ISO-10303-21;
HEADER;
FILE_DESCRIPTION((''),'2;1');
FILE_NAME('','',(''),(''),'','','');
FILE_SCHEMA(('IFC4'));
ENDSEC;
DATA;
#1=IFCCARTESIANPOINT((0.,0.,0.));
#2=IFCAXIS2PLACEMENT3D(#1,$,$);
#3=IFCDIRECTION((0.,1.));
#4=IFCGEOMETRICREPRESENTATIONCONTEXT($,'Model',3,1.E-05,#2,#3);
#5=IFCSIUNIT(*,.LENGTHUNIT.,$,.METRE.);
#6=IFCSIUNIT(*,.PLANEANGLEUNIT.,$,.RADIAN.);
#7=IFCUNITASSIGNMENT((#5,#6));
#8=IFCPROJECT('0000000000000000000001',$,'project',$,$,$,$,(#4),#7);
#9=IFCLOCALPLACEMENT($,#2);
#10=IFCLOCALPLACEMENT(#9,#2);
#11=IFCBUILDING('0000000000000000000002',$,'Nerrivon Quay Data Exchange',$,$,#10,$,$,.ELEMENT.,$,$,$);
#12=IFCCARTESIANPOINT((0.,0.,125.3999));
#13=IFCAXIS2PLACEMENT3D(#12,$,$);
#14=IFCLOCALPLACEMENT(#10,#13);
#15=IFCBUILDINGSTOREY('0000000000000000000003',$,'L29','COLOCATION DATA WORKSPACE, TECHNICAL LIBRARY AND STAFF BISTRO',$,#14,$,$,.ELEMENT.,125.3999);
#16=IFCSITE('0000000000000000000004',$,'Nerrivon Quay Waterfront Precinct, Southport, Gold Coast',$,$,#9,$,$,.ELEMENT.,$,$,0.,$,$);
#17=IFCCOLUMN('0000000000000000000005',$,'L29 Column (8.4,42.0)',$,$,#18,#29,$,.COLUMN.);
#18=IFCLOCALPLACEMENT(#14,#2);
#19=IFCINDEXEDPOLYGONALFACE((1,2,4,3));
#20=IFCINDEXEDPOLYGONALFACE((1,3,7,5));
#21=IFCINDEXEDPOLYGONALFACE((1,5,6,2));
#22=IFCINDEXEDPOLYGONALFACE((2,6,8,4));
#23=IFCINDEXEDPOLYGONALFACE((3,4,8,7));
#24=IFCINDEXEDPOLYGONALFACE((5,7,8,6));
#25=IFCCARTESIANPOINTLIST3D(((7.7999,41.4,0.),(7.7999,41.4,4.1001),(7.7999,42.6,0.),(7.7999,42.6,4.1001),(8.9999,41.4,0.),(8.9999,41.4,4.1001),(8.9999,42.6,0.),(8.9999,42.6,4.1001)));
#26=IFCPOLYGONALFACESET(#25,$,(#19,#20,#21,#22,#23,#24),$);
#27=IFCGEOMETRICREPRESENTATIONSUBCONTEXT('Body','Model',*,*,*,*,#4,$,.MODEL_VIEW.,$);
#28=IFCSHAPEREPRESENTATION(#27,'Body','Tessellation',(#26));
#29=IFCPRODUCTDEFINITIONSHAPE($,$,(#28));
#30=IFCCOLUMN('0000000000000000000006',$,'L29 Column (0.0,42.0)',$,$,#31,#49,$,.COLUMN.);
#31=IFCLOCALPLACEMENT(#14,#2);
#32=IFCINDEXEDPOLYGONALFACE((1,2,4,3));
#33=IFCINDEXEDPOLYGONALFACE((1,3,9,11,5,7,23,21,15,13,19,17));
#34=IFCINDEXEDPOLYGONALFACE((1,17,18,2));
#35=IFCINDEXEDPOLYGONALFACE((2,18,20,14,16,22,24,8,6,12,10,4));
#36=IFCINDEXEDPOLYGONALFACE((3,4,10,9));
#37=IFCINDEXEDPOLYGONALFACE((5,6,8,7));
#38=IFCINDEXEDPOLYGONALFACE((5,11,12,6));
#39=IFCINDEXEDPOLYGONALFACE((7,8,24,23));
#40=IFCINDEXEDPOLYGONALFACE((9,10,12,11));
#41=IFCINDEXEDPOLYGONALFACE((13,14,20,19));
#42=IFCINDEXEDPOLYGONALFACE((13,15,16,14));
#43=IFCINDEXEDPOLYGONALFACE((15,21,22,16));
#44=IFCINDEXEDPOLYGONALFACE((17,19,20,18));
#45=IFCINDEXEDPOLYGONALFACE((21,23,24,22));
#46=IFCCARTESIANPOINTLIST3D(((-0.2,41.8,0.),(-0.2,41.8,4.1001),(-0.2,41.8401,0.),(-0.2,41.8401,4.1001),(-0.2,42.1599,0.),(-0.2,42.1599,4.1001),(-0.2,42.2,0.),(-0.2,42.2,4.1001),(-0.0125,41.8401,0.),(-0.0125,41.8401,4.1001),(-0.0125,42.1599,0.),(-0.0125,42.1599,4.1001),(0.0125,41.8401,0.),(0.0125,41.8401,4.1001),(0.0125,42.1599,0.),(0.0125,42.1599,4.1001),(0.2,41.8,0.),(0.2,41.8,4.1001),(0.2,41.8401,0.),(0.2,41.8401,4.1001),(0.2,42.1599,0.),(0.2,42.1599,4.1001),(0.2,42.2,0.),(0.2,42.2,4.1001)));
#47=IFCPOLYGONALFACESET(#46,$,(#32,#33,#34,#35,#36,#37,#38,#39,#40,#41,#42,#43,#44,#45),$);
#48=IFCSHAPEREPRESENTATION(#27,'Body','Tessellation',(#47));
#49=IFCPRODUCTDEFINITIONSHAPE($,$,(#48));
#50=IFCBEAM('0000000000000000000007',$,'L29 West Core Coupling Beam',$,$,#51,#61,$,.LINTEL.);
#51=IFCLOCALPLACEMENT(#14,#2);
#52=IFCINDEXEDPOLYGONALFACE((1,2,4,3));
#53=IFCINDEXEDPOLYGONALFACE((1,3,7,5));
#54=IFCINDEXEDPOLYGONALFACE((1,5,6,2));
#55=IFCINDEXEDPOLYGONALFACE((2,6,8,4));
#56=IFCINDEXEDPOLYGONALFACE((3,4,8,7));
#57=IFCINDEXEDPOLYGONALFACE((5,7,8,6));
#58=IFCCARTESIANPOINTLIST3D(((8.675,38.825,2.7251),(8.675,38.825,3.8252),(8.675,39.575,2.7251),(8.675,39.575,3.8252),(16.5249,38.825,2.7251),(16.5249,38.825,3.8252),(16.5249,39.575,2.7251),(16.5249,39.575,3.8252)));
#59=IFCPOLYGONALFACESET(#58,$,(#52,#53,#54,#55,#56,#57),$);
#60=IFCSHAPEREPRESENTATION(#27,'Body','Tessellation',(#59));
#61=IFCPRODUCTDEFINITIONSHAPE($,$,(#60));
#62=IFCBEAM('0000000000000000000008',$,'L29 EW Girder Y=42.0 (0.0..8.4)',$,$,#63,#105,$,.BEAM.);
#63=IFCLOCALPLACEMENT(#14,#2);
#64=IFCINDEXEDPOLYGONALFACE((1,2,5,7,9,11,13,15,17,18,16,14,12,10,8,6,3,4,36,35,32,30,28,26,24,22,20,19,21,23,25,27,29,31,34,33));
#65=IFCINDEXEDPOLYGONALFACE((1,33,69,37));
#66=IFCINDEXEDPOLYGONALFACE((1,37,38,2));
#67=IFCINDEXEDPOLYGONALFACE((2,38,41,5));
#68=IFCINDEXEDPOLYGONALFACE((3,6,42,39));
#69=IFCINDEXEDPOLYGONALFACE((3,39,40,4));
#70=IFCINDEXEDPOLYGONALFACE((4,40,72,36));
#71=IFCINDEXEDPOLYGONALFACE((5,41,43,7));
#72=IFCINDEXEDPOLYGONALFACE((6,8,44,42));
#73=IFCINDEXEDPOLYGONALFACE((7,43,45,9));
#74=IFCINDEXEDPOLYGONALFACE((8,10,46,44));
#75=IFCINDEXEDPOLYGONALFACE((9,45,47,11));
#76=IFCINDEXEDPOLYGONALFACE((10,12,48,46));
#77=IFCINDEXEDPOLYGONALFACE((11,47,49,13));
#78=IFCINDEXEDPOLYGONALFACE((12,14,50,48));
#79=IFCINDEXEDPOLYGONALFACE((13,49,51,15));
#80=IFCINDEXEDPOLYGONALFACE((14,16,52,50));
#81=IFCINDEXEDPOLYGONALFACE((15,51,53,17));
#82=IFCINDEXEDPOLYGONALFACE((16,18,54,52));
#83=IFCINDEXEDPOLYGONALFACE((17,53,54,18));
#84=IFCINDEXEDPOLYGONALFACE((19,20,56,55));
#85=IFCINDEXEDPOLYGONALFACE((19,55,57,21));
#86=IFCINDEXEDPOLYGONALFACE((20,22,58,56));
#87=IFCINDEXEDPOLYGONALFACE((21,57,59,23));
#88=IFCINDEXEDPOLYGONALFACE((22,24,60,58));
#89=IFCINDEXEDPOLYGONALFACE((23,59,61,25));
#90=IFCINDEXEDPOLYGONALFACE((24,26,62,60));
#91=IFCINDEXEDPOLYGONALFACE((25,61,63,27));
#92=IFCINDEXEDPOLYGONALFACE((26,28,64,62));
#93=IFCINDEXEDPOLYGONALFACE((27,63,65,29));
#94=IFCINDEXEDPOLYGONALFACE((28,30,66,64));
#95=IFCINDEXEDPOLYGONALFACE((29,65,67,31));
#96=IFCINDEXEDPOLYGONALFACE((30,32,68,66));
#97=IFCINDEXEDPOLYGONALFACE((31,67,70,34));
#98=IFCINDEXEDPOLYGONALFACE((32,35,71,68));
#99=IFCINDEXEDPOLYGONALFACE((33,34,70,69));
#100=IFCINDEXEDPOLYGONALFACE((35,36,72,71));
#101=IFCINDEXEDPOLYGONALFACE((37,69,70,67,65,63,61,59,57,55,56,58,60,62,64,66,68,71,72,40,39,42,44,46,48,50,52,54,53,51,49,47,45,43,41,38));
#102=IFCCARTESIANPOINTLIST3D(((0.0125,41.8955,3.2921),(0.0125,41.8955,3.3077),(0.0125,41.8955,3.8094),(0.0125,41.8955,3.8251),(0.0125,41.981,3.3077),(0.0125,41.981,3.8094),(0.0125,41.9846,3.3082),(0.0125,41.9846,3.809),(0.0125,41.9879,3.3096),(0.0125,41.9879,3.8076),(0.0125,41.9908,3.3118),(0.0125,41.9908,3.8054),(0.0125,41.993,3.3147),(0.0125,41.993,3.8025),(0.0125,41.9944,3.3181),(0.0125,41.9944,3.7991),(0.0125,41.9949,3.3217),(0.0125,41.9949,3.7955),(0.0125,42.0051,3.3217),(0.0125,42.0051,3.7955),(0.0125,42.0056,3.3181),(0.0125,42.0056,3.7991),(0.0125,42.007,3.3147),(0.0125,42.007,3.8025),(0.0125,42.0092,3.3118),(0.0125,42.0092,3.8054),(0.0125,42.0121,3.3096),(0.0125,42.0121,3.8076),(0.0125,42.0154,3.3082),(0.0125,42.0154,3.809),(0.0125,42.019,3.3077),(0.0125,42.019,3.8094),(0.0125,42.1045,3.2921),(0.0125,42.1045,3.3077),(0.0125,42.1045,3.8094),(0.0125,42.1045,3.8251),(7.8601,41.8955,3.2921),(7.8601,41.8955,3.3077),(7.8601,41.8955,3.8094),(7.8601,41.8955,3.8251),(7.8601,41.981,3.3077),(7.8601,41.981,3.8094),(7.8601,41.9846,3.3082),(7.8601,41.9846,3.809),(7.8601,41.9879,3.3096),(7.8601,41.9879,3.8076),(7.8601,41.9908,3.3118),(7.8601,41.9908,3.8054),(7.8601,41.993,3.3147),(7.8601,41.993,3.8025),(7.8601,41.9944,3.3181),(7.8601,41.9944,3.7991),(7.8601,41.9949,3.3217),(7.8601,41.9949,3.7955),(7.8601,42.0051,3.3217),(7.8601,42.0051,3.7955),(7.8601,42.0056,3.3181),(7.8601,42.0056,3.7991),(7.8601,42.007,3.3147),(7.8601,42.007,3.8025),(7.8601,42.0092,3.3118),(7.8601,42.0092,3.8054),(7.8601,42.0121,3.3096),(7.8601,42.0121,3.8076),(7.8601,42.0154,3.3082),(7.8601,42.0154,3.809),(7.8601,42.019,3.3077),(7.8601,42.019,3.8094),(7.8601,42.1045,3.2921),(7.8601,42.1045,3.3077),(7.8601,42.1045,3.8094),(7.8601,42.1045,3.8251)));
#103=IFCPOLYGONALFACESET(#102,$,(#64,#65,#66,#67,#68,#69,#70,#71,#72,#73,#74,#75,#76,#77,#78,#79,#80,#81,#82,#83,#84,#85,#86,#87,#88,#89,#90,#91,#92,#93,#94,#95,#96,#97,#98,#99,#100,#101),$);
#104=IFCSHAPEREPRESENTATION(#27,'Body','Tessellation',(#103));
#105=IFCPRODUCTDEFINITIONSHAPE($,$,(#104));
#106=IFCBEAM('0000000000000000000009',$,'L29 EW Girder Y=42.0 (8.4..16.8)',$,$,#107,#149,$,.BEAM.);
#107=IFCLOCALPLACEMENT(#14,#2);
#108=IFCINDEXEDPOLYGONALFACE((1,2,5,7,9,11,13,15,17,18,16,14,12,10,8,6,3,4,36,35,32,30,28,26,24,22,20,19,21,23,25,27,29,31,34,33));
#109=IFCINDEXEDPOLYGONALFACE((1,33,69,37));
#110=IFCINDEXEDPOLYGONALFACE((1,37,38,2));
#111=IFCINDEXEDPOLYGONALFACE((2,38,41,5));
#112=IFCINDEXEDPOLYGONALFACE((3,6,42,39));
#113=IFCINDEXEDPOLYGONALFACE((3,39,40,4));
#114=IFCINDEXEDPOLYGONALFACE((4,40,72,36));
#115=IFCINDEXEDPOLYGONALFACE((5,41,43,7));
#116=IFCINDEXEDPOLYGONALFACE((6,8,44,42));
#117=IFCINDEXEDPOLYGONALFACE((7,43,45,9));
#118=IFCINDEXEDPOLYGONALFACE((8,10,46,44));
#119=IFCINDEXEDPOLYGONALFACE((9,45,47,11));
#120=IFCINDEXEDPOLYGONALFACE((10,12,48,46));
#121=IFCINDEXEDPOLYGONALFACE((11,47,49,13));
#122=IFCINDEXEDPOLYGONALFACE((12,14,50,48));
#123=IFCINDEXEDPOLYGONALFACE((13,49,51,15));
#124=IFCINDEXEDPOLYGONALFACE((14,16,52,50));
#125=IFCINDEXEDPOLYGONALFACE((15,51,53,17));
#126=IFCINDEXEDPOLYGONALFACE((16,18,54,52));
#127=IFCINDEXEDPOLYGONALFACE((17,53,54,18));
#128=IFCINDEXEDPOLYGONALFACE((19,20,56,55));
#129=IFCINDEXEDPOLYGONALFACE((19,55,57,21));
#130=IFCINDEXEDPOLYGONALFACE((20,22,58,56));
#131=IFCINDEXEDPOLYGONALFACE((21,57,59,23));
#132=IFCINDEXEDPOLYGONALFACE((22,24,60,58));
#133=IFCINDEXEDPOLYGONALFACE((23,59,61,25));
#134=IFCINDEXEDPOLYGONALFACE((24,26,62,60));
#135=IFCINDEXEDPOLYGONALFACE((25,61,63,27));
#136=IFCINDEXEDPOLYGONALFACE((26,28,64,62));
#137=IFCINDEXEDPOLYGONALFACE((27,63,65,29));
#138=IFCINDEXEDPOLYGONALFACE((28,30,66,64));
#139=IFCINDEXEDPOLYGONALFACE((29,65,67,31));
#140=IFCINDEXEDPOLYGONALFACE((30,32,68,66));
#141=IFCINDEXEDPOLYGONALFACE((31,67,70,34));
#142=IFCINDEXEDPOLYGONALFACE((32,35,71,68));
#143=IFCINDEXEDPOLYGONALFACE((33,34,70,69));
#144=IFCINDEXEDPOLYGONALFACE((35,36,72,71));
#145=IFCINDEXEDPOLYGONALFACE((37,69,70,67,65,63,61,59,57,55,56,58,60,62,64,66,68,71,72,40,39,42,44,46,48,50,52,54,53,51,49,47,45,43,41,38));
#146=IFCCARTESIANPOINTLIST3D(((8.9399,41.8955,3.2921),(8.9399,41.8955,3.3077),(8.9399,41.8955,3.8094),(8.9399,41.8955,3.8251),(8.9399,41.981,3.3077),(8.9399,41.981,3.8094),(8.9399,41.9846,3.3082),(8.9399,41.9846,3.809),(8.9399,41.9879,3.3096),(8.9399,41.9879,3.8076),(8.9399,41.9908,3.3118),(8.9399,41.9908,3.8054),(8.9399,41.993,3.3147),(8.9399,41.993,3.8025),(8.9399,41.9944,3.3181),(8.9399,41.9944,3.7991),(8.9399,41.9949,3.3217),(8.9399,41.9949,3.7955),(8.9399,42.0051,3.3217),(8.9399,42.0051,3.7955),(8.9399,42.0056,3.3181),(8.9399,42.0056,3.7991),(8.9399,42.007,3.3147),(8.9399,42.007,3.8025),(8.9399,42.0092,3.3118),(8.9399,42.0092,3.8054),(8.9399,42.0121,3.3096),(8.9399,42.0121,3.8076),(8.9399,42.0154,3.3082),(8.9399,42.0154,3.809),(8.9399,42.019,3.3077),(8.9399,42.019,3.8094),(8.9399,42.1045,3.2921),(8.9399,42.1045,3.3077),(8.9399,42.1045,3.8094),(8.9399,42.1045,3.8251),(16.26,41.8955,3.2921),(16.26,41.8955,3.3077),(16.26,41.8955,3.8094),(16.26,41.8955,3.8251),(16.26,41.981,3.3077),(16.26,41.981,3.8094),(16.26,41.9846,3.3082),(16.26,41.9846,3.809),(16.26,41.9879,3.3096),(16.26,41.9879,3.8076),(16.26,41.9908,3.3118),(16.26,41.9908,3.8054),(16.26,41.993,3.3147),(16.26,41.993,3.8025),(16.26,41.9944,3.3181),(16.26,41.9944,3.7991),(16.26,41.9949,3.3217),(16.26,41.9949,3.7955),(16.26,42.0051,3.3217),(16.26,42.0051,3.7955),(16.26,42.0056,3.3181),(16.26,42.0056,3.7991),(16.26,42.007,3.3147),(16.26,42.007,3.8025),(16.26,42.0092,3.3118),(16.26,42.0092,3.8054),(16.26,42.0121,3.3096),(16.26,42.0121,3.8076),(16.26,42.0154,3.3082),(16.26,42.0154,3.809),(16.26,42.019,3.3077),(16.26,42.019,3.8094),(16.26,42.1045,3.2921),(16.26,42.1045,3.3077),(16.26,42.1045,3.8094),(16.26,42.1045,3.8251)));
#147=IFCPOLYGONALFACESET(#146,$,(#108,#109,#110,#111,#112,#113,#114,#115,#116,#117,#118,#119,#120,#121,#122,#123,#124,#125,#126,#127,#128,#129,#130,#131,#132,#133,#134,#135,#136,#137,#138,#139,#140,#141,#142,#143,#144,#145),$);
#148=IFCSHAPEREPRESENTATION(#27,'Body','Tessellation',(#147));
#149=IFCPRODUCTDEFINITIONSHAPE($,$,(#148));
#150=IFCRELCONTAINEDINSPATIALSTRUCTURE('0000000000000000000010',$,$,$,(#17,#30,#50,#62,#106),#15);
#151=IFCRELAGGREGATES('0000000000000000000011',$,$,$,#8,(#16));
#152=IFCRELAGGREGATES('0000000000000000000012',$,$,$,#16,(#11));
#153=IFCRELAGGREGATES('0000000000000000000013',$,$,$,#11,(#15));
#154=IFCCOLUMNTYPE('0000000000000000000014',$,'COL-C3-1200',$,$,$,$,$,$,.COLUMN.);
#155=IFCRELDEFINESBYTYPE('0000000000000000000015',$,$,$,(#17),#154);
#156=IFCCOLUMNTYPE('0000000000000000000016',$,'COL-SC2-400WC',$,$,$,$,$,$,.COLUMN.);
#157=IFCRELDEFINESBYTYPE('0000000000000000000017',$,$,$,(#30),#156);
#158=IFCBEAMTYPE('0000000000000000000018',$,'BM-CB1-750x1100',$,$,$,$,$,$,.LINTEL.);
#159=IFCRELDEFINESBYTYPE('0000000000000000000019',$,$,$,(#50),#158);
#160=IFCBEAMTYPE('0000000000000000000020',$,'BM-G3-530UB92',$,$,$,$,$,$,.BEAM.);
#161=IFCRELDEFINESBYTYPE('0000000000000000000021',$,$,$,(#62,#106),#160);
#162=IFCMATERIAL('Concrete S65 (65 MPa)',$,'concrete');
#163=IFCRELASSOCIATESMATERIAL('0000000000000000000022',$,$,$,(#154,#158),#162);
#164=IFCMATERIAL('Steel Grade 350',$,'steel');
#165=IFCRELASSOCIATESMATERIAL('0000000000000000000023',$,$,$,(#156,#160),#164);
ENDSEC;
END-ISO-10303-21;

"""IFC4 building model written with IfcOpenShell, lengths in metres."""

from ifc_helpers import new_model, si_unit, direction, frame, origin, origin_2d, place, context, subcontext, project, spatial, rectangle, i_section, extrude, material, material_profile, profile_set, type_object, element, save


model = new_model("IFC4")

# Units and contexts
model_context = context("Model", 3, precision=1e-05, world=origin(), true_north=direction((0.0, 1.0)))
body_context = subcontext(model_context, "Body", "Model", "MODEL_VIEW")
ifc_project = project(units=[si_unit("LENGTHUNIT", "METRE"), si_unit("PLANEANGLEUNIT", "RADIAN")], contexts=[model_context])

# Site, building, storey
site_placement = place(None, origin())
site = spatial("IfcSite", under=ifc_project, at=site_placement, Name="Nerrivon Quay Waterfront Precinct, Southport, Gold Coast", CompositionType="ELEMENT", RefElevation=0.0)
building_placement = place(site_placement, origin())
building = spatial("IfcBuilding", under=site, at=building_placement, Name="Nerrivon Quay Data Exchange", CompositionType="ELEMENT")
storey_placement = place(building_placement, frame((0.0, 0.0, 125.3999)))
storey = spatial("IfcBuildingStorey", under=building, at=storey_placement, Name="L29", Description="COLOCATION DATA WORKSPACE, TECHNICAL LIBRARY AND STAFF BISTRO", CompositionType="ELEMENT", Elevation=125.3999)

# Columns
ifc_material_1 = material(Name="Concrete S65 (65 MPa)", Category="concrete")
ifc_material_profile_1 = material_profile(ifc_material_1, rectangle(XDim=1.2, YDim=1.2, at=origin_2d()), Name="RC-COL-1200x1200")
ifc_profile_set_1 = profile_set([ifc_material_profile_1], Name="Concrete S65 (65 MPa)")
column_type_1 = type_object("IfcColumnType", Name="COL-C3-1200", PredefinedType="COLUMN", material=ifc_profile_set_1)
column_1_placement = place(storey_placement, frame((8.3999, 42.0, 0.0), z_axis=(0.0, 0.0, 1.0), x_axis=(1.0, 0.0, 0.0)))
element("IfcColumn", 1, at=column_1_placement, inside=storey, type_object=column_type_1, Name="L29 Column (8.4,42.0)", PredefinedType="COLUMN", context=body_context, shape_type="SweptSolid", body=[
    extrude(rectangle(XDim=1.2, YDim=1.2, at=origin_2d()), origin(), (0.0, 0.0, 1.0), 4.1001),
])
ifc_material_2 = material(Name="Steel Grade 350", Category="steel")
ifc_material_profile_2 = material_profile(ifc_material_2, i_section(OverallWidth=0.3999, OverallDepth=0.3999, WebThickness=0.0249, FlangeThickness=0.04, at=origin_2d()), Name="400WC328")
ifc_profile_set_2 = profile_set([ifc_material_profile_2], Name="Steel Grade 350")
column_type_2 = type_object("IfcColumnType", Name="COL-SC2-400WC", PredefinedType="COLUMN", material=ifc_profile_set_2)
column_2_placement = place(storey_placement, frame((0.0, 42.0, 0.0), z_axis=(0.0, 0.0, 1.0), x_axis=(1.0, 0.0, 0.0)))
element("IfcColumn", 2, at=column_2_placement, inside=storey, type_object=column_type_2, Name="L29 Column (0.0,42.0)", PredefinedType="COLUMN", context=body_context, shape_type="SweptSolid", body=[
    extrude(i_section(OverallWidth=0.3999, OverallDepth=0.3999, WebThickness=0.0249, FlangeThickness=0.04, at=origin_2d()), origin(), (0.0, 0.0, 1.0), 4.1001),
])

# Beams
ifc_material_profile_3 = material_profile(ifc_material_1, rectangle(XDim=0.75, YDim=1.1001, at=origin_2d()), Name="RC-CB-750x1100")
ifc_profile_set_3 = profile_set([ifc_material_profile_3], Name="Concrete S65 (65 MPa)")
beam_type_1 = type_object("IfcBeamType", Name="BM-CB1-750x1100", PredefinedType="LINTEL", material=ifc_profile_set_3)
beam_1_placement = place(storey_placement, frame((8.675, 39.2, 3.2751), z_axis=(1.0, 0.0, 0.0), x_axis=(0.0, 1.0, 0.0)))
element("IfcBeam", 3, at=beam_1_placement, inside=storey, type_object=beam_type_1, Name="L29 West Core Coupling Beam", PredefinedType="LINTEL", context=body_context, shape_type="SweptSolid", body=[
    extrude(rectangle(XDim=0.75, YDim=1.1001, at=origin_2d()), origin(), (0.0, 0.0, 1.0), 7.8499),
])
ifc_material_profile_4 = material_profile(ifc_material_2, i_section(OverallWidth=0.209, OverallDepth=0.533, WebThickness=0.0103, FlangeThickness=0.0156, FilletRadius=0.0139, at=origin_2d()), Name="530UB92.4")
ifc_profile_set_4 = profile_set([ifc_material_profile_4], Name="Steel Grade 350")
beam_type_2 = type_object("IfcBeamType", Name="BM-G3-530UB92", PredefinedType="BEAM", material=ifc_profile_set_4)
beam_2_placement = place(storey_placement, frame((0.0125, 42.0, 3.5586), z_axis=(1.0, 0.0, 0.0), x_axis=(0.0, 1.0, 0.0)))
element("IfcBeam", 4, at=beam_2_placement, inside=storey, type_object=beam_type_2, Name="L29 EW Girder Y=42.0 (0.0..8.4)", PredefinedType="BEAM", context=body_context, shape_type="SweptSolid", body=[
    extrude(i_section(OverallWidth=0.209, OverallDepth=0.533, WebThickness=0.0103, FlangeThickness=0.0156, FilletRadius=0.0139, at=origin_2d()), origin(), (0.0, 0.0, 1.0), 7.8477),
])
beam_3_placement = place(storey_placement, frame((8.9399, 42.0, 3.5586), z_axis=(1.0, 0.0, 0.0), x_axis=(0.0, 1.0, 0.0)))
element("IfcBeam", 5, at=beam_3_placement, inside=storey, type_object=beam_type_2, Name="L29 EW Girder Y=42.0 (8.4..16.8)", PredefinedType="BEAM", context=body_context, shape_type="SweptSolid", body=[
    extrude(i_section(OverallWidth=0.209, OverallDepth=0.533, WebThickness=0.0103, FlangeThickness=0.0156, FilletRadius=0.0139, at=origin_2d()), origin(), (0.0, 0.0, 1.0), 7.3201),
])

save(model, "model.ifc")
